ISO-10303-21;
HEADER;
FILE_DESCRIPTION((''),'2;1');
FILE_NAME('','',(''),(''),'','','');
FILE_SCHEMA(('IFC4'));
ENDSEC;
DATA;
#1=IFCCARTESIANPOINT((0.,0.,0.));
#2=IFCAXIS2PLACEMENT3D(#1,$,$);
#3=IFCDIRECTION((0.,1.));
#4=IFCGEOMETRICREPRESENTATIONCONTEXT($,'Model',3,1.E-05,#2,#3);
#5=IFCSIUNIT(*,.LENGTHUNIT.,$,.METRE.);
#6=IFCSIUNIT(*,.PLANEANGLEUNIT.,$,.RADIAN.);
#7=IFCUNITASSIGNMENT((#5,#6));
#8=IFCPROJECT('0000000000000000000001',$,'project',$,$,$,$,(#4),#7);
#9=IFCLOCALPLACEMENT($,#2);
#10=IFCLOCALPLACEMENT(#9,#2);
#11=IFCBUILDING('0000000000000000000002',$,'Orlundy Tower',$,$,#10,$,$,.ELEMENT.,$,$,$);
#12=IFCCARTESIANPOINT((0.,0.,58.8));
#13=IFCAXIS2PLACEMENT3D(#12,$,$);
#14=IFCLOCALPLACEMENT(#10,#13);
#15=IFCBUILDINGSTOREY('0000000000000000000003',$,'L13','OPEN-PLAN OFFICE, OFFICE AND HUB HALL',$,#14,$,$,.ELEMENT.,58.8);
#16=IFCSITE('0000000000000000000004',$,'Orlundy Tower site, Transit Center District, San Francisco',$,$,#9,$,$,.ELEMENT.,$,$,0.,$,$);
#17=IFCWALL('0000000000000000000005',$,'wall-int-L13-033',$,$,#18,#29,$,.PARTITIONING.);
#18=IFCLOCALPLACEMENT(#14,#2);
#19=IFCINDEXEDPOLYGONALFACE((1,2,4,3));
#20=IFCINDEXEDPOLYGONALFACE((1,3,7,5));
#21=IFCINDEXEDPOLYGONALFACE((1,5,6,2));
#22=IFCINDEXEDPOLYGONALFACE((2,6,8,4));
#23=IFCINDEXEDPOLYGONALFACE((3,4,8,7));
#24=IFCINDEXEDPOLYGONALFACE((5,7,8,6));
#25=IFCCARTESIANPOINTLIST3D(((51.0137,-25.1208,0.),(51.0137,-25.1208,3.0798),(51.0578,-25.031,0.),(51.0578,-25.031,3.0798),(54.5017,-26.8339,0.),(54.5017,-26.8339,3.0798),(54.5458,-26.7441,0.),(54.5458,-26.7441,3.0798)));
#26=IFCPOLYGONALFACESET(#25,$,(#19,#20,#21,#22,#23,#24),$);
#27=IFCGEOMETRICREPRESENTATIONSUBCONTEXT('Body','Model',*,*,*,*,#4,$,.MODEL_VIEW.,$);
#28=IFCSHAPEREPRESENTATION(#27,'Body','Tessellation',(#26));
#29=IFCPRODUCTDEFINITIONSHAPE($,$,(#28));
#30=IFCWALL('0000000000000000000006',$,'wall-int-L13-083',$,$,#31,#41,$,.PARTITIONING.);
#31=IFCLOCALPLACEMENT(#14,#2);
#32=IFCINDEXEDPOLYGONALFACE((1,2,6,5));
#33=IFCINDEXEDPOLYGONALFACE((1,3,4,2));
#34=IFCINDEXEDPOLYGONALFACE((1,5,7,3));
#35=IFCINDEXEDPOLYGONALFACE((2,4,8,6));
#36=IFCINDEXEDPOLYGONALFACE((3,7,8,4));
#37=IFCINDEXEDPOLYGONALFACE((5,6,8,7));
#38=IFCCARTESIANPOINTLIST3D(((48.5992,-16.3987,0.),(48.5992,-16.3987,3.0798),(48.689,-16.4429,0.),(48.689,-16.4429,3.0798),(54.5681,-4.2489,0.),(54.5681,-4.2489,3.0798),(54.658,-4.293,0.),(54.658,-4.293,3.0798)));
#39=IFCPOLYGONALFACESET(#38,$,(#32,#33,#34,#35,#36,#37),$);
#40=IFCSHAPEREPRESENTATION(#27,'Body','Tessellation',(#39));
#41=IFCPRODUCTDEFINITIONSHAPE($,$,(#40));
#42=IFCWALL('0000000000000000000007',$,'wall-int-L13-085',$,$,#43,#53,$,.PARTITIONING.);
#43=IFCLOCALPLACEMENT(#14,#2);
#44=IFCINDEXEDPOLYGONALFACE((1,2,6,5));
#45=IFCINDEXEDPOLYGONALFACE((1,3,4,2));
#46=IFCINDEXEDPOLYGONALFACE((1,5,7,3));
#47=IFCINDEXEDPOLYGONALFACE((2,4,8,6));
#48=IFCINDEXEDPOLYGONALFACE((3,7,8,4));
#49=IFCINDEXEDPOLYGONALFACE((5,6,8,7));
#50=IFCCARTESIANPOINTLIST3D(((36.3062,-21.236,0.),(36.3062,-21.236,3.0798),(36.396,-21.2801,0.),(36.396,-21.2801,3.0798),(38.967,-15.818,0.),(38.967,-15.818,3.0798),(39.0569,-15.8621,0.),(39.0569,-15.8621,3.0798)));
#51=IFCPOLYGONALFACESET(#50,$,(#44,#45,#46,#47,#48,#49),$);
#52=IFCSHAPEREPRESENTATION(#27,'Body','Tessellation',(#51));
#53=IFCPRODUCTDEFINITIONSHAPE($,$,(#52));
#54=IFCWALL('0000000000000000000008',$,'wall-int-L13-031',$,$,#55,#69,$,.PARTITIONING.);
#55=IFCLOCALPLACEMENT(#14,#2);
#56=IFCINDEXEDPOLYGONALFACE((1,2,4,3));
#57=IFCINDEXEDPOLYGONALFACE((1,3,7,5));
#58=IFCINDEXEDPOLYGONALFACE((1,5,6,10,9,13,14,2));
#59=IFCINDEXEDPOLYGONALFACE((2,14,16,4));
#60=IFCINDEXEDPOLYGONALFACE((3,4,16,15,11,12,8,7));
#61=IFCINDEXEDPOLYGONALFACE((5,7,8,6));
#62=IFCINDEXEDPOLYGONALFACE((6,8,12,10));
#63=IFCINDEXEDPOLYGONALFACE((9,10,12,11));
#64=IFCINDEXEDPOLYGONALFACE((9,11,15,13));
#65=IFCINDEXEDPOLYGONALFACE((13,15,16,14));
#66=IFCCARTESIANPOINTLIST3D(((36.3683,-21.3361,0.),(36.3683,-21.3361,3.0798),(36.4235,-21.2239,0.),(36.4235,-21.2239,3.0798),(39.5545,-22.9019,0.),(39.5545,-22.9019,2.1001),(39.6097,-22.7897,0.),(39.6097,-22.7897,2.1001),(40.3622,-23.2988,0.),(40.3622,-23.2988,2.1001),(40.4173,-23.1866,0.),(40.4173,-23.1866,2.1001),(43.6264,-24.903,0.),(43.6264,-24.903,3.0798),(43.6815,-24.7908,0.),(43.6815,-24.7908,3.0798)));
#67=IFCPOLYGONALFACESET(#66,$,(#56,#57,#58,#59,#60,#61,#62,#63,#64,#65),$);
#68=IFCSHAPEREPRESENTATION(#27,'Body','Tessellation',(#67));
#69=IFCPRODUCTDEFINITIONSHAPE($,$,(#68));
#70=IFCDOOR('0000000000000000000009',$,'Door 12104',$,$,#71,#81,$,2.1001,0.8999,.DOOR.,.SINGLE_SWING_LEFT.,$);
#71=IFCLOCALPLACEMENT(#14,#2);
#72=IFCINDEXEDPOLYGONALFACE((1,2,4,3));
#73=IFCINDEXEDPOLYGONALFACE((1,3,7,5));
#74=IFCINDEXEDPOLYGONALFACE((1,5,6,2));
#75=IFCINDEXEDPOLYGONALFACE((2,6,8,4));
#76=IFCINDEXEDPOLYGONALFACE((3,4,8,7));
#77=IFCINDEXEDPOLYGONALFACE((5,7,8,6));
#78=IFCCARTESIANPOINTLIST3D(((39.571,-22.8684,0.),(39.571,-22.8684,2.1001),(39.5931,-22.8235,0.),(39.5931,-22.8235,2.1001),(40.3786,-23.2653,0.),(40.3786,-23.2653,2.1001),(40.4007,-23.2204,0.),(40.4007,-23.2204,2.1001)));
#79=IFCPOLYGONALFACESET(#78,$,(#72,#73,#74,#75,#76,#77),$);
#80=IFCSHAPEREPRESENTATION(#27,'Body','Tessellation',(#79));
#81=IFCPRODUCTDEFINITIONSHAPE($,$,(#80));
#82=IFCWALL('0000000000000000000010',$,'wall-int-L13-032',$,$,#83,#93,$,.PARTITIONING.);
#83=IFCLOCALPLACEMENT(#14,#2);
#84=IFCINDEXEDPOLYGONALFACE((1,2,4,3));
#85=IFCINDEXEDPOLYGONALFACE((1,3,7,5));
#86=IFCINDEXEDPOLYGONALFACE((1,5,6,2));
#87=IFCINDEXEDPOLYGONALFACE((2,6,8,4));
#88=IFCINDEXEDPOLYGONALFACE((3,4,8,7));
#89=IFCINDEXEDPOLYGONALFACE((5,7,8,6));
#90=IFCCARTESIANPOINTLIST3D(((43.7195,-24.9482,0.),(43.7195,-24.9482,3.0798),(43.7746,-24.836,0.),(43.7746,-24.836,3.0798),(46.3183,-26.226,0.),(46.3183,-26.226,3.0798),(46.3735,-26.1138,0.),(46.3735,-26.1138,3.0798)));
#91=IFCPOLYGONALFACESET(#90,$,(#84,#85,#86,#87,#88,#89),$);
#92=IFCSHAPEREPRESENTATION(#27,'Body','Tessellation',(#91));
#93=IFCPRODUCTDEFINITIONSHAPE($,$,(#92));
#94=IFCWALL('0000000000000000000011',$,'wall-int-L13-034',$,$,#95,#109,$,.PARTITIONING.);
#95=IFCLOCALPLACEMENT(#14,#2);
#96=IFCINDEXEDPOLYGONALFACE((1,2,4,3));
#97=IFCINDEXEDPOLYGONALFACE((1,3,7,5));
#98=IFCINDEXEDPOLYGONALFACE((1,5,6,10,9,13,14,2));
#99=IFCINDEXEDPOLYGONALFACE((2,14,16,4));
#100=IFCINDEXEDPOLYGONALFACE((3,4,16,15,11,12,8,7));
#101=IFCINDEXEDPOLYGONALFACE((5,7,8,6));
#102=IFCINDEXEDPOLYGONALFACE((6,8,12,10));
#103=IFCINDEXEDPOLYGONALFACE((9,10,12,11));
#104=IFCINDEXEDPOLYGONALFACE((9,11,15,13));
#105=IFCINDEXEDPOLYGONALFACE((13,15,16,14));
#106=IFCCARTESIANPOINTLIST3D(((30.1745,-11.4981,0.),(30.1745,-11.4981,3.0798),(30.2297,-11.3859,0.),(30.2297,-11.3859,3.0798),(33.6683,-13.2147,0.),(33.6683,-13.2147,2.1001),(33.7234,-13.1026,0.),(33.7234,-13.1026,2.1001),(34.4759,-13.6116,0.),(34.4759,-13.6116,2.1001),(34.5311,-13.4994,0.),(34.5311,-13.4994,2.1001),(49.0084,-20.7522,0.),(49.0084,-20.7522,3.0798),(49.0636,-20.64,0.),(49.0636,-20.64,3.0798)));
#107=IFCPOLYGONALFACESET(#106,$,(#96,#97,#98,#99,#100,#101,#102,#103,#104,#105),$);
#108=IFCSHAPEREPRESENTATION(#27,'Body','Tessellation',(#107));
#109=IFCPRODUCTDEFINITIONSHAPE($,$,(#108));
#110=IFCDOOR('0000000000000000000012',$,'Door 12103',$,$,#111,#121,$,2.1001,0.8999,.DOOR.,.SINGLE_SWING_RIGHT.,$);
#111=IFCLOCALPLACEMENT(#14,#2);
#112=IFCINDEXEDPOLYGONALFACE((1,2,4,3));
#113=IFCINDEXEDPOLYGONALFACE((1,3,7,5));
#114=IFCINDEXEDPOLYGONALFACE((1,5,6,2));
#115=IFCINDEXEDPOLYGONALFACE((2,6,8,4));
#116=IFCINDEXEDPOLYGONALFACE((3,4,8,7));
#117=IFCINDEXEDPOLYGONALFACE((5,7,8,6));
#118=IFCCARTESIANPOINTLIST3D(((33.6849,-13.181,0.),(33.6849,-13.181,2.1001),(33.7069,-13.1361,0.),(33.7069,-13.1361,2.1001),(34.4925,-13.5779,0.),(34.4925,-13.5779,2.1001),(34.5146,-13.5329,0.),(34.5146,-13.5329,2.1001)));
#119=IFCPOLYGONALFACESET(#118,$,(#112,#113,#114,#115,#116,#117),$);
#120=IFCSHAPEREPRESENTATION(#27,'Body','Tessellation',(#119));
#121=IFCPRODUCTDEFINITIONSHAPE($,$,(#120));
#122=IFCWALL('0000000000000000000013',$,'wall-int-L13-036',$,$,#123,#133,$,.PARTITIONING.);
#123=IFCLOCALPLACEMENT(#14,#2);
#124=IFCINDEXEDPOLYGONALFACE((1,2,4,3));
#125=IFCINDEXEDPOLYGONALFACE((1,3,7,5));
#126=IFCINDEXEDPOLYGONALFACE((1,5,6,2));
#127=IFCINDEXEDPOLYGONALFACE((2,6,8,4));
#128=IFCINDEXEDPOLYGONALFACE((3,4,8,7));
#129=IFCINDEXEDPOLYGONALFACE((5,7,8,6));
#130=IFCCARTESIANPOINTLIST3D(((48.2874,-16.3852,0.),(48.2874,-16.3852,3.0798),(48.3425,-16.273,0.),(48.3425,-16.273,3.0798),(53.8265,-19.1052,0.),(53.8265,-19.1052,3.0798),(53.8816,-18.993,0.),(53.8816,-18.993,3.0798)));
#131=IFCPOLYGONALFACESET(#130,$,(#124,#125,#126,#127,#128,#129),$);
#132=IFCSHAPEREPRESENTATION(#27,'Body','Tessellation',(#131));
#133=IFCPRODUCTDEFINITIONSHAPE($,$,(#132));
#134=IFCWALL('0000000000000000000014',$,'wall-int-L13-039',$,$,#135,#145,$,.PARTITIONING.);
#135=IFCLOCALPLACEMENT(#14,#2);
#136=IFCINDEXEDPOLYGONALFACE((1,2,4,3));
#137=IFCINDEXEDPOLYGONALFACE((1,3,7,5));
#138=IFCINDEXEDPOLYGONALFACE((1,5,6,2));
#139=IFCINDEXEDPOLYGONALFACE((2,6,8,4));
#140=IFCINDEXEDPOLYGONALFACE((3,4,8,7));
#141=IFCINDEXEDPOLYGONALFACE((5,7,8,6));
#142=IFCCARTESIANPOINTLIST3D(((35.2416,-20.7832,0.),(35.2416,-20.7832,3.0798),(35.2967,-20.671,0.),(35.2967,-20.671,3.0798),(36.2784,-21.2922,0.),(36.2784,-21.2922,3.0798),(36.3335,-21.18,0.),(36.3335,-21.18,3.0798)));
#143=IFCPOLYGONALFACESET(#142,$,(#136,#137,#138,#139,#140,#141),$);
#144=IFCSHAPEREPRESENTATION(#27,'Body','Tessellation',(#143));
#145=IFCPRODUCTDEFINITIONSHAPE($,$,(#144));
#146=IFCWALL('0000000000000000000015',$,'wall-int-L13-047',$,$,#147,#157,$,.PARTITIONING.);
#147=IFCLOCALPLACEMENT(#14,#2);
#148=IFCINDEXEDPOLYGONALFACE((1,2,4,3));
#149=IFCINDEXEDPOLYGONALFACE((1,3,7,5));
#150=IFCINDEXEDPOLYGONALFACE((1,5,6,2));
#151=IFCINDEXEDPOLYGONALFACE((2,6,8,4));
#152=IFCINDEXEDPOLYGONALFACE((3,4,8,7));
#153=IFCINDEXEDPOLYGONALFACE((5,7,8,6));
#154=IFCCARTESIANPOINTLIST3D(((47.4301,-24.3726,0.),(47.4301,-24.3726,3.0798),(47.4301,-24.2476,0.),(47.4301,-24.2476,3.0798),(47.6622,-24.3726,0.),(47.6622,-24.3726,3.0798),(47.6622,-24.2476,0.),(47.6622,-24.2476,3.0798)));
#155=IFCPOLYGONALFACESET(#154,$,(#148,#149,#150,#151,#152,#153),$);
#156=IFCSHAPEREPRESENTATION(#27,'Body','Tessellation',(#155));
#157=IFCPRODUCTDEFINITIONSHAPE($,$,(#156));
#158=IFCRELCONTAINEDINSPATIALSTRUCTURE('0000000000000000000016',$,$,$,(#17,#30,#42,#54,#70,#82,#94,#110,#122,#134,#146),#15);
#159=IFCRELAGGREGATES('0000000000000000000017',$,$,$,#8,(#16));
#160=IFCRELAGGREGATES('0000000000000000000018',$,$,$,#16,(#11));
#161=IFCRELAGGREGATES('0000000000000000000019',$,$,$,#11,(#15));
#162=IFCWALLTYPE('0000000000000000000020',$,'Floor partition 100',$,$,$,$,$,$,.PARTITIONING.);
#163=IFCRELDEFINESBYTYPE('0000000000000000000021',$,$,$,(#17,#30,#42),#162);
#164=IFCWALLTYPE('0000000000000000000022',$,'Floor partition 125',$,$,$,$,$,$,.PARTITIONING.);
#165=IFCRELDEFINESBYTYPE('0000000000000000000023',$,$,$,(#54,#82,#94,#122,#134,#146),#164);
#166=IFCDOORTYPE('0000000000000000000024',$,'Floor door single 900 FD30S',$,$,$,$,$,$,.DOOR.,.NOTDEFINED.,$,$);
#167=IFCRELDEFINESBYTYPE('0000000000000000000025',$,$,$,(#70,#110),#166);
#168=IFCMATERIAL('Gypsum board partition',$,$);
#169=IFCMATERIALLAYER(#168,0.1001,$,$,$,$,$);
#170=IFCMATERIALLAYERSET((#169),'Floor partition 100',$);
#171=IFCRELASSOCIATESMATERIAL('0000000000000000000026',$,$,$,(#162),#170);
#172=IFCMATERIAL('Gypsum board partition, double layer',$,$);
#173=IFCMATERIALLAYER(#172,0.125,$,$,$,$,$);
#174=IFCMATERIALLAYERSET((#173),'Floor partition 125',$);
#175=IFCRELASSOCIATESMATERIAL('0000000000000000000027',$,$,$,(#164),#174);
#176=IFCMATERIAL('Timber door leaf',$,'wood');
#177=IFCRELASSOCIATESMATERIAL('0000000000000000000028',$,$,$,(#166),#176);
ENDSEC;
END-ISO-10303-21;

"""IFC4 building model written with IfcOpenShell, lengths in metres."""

from ifc_helpers import new_model, si_unit, direction, frame, frame_2d, origin, place, context, subcontext, project, spatial, rectangle, extrude, material, layer, layer_set, type_object, element, fill, save


model = new_model("IFC4")

# Units and contexts
model_context = context("Model", 3, precision=1e-05, world=origin(), true_north=direction((0.0, 1.0)))
body_context = subcontext(model_context, "Body", "Model", "MODEL_VIEW")
ifc_project = project(units=[si_unit("LENGTHUNIT", "METRE"), si_unit("PLANEANGLEUNIT", "RADIAN")], contexts=[model_context])

# Site, building, storey
site_placement = place(None, origin())
site = spatial("IfcSite", under=ifc_project, at=site_placement, Name="Orlundy Tower site, Transit Center District, San Francisco", CompositionType="ELEMENT", RefElevation=0.0)
building_placement = place(site_placement, origin())
building = spatial("IfcBuilding", under=site, at=building_placement, Name="Orlundy Tower", CompositionType="ELEMENT")
storey_placement = place(building_placement, frame((0.0, 0.0, 58.8)))
storey = spatial("IfcBuildingStorey", under=building, at=storey_placement, Name="L13", Description="OPEN-PLAN OFFICE, OFFICE AND HUB HALL", CompositionType="ELEMENT", Elevation=58.8)

# Walls
ifc_material_1 = material(Name="Gypsum board partition")
ifc_layer_1 = layer(ifc_material_1, 0.1001)
ifc_layer_set_1 = layer_set([ifc_layer_1], Name="Floor partition 100")
wall_type_1 = type_object("IfcWallType", Name="Floor partition 100", PredefinedType="PARTITIONING", material=ifc_layer_set_1)
wall_1_placement = place(storey_placement, frame((51.0359, -25.0759, 0.0), z_axis=(0.0, 0.0, 1.0), x_axis=(0.897584, -0.440844, 0.0)))
element("IfcWall", 1, at=wall_1_placement, inside=storey, type_object=wall_type_1, Name="wall-int-L13-033", PredefinedType="PARTITIONING", context=body_context, shape_type="SweptSolid", body=[
    extrude(rectangle(XDim=3.886, YDim=0.1001, at=frame_2d((1.9429, 0.0))), origin(), (0.0, 0.0, 1.0), 3.0798),
])
wall_2_placement = place(storey_placement, frame((48.644, -16.4209, 0.0), z_axis=(0.0, 0.0, 1.0), x_axis=(0.440941, 0.897536, 0.0)))
element("IfcWall", 2, at=wall_2_placement, inside=storey, type_object=wall_type_1, Name="wall-int-L13-083", PredefinedType="PARTITIONING", context=body_context, shape_type="SweptSolid", body=[
    extrude(rectangle(XDim=13.5369, YDim=0.1001, at=frame_2d((6.7686, 0.0))), origin(), (0.0, 0.0, 1.0), 3.0798),
])
wall_3_placement = place(storey_placement, frame((36.3511, -21.2581, 0.0), z_axis=(0.0, 0.0, 1.0), x_axis=(0.440828, 0.897592, 0.0)))
element("IfcWall", 3, at=wall_3_placement, inside=storey, type_object=wall_type_1, Name="wall-int-L13-085", PredefinedType="PARTITIONING", context=body_context, shape_type="SweptSolid", body=[
    extrude(rectangle(XDim=6.0361, YDim=0.1001, at=frame_2d((3.0181, 0.0))), origin(), (0.0, 0.0, 1.0), 3.0798),
])

# Wall, opening, door
ifc_material_2 = material(Name="Gypsum board partition, double layer")
ifc_layer_2 = layer(ifc_material_2, 0.125)
ifc_layer_set_2 = layer_set([ifc_layer_2], Name="Floor partition 125")
wall_type_2 = type_object("IfcWallType", Name="Floor partition 125", PredefinedType="PARTITIONING", material=ifc_layer_set_2)
wall_4_placement = place(storey_placement, frame((36.396, -21.28, 0.0), z_axis=(0.0, 0.0, 1.0), x_axis=(0.897479, -0.441057, 0.0)))
wall_4 = element("IfcWall", 4, at=wall_4_placement, inside=storey, type_object=wall_type_2, Name="wall-int-L13-031", PredefinedType="PARTITIONING", context=body_context, shape_type="SweptSolid", body=[
    extrude(rectangle(XDim=8.0872, YDim=0.125, at=frame_2d((4.0435, 0.0))), origin(), (0.0, 0.0, 1.0), 3.0798),
])
opening_1_placement = place(wall_4_placement, frame((3.55, 0.0, 0.0)))
opening_1 = element("IfcOpeningElement", 5, at=opening_1_placement, cuts=wall_4, PredefinedType="OPENING", context=body_context, shape_type="SweptSolid", body=[
    extrude(rectangle(XDim=0.8999, YDim=2.1001, at=frame_2d((0.45, 1.05))), frame((0.0, 0.0725, 0.0), z_axis=(0.0, -1.0, 0.0), x_axis=(1.0, 0.0, 0.0)), (0.0, 0.0, 1.0), 0.145),
])
ifc_material_3 = material(Name="Timber door leaf", Category="wood")
door_type = type_object("IfcDoorType", Name="Floor door single 900 FD30S", OperationType="NOTDEFINED", PredefinedType="DOOR", material=ifc_material_3)
door_1_placement = place(opening_1_placement, origin())
door_1 = element("IfcDoor", 6, at=door_1_placement, inside=storey, type_object=door_type, Name="Door 12104", OperationType="SINGLE_SWING_LEFT", OverallHeight=2.1001, OverallWidth=0.8999, PredefinedType="DOOR", context=body_context, shape_type="SweptSolid", body=[
    extrude(rectangle(XDim=0.8999, YDim=2.1001, at=frame_2d((0.45, 1.05))), frame((0.0, 0.0249, 0.0), z_axis=(0.0, -1.0, 0.0), x_axis=(1.0, 0.0, 0.0)), (0.0, 0.0, 1.0), 0.05),
])
fill(opening_1, door_1)

# Wall
wall_5_placement = place(storey_placement, frame((43.7471, -24.8921, 0.0), z_axis=(0.0, 0.0, 1.0), x_axis=(0.897392, -0.441235, 0.0)))
element("IfcWall", 7, at=wall_5_placement, inside=storey, type_object=wall_type_2, Name="wall-int-L13-032", PredefinedType="PARTITIONING", context=body_context, shape_type="SweptSolid", body=[
    extrude(rectangle(XDim=2.896, YDim=0.125, at=frame_2d((1.448, 0.0))), origin(), (0.0, 0.0, 1.0), 3.0798),
])

# Wall, opening, door
wall_6_placement = place(storey_placement, frame((49.0359, -20.696, 0.0), z_axis=(0.0, 0.0, 1.0), x_axis=(-0.89751, 0.440995, 0.0)))
wall_6 = element("IfcWall", 8, at=wall_6_placement, inside=storey, type_object=wall_type_2, Name="wall-int-L13-034", PredefinedType="PARTITIONING", context=body_context, shape_type="SweptSolid", body=[
    extrude(rectangle(XDim=20.9846, YDim=0.125, at=frame_2d((10.4922, 0.0))), origin(), (0.0, 0.0, 1.0), 3.0798),
])
opening_2_placement = place(wall_6_placement, frame((16.1919, 0.0, 0.0)))
opening_2 = element("IfcOpeningElement", 9, at=opening_2_placement, cuts=wall_6, PredefinedType="OPENING", context=body_context, shape_type="SweptSolid", body=[
    extrude(rectangle(XDim=0.8999, YDim=2.1001, at=frame_2d((0.45, 1.05))), frame((0.0, 0.0725, 0.0), z_axis=(0.0, -1.0, 0.0), x_axis=(1.0, 0.0, 0.0)), (0.0, 0.0, 1.0), 0.145),
])
door_2_placement = place(opening_2_placement, origin())
door_2 = element("IfcDoor", 10, at=door_2_placement, inside=storey, type_object=door_type, Name="Door 12103", OperationType="SINGLE_SWING_RIGHT", OverallHeight=2.1001, OverallWidth=0.8999, PredefinedType="DOOR", context=body_context, shape_type="SweptSolid", body=[
    extrude(rectangle(XDim=0.8999, YDim=2.1001, at=frame_2d((0.45, 1.05))), frame((0.0, 0.0249, 0.0), z_axis=(0.0, -1.0, 0.0), x_axis=(1.0, 0.0, 0.0)), (0.0, 0.0, 1.0), 0.05),
])
fill(opening_2, door_2)

# Walls
wall_7_placement = place(storey_placement, frame((53.854, -19.0491, 0.0), z_axis=(0.0, 0.0, 1.0), x_axis=(-0.897617, 0.440777, 0.0)))
element("IfcWall", 11, at=wall_7_placement, inside=storey, type_object=wall_type_2, Name="wall-int-L13-036", PredefinedType="PARTITIONING", context=body_context, shape_type="SweptSolid", body=[
    extrude(rectangle(XDim=6.1709, YDim=0.125, at=frame_2d((3.0854, 0.0))), origin(), (0.0, 0.0, 1.0), 3.0798),
])
wall_8_placement = place(storey_placement, frame((35.269, -20.7271, 0.0), z_axis=(0.0, 0.0, 1.0), x_axis=(0.897658, -0.440692, 0.0)))
element("IfcWall", 12, at=wall_8_placement, inside=storey, type_object=wall_type_2, Name="wall-int-L13-039", PredefinedType="PARTITIONING", context=body_context, shape_type="SweptSolid", body=[
    extrude(rectangle(XDim=1.155, YDim=0.125, at=frame_2d((0.5776, 0.0))), origin(), (0.0, 0.0, 1.0), 3.0798),
])
wall_9_placement = place(storey_placement, frame((47.4299, -24.3101, 0.0), z_axis=(0.0, 0.0, 1.0), x_axis=(1.0, 0.0, 0.0)))
element("IfcWall", 13, at=wall_9_placement, inside=storey, type_object=wall_type_2, Name="wall-int-L13-047", PredefinedType="PARTITIONING", context=body_context, shape_type="SweptSolid", body=[
    extrude(rectangle(XDim=0.2322, YDim=0.125, at=frame_2d((0.1162, 0.0))), origin(), (0.0, 0.0, 1.0), 3.0798),
])

save(model, "model.ifc")
